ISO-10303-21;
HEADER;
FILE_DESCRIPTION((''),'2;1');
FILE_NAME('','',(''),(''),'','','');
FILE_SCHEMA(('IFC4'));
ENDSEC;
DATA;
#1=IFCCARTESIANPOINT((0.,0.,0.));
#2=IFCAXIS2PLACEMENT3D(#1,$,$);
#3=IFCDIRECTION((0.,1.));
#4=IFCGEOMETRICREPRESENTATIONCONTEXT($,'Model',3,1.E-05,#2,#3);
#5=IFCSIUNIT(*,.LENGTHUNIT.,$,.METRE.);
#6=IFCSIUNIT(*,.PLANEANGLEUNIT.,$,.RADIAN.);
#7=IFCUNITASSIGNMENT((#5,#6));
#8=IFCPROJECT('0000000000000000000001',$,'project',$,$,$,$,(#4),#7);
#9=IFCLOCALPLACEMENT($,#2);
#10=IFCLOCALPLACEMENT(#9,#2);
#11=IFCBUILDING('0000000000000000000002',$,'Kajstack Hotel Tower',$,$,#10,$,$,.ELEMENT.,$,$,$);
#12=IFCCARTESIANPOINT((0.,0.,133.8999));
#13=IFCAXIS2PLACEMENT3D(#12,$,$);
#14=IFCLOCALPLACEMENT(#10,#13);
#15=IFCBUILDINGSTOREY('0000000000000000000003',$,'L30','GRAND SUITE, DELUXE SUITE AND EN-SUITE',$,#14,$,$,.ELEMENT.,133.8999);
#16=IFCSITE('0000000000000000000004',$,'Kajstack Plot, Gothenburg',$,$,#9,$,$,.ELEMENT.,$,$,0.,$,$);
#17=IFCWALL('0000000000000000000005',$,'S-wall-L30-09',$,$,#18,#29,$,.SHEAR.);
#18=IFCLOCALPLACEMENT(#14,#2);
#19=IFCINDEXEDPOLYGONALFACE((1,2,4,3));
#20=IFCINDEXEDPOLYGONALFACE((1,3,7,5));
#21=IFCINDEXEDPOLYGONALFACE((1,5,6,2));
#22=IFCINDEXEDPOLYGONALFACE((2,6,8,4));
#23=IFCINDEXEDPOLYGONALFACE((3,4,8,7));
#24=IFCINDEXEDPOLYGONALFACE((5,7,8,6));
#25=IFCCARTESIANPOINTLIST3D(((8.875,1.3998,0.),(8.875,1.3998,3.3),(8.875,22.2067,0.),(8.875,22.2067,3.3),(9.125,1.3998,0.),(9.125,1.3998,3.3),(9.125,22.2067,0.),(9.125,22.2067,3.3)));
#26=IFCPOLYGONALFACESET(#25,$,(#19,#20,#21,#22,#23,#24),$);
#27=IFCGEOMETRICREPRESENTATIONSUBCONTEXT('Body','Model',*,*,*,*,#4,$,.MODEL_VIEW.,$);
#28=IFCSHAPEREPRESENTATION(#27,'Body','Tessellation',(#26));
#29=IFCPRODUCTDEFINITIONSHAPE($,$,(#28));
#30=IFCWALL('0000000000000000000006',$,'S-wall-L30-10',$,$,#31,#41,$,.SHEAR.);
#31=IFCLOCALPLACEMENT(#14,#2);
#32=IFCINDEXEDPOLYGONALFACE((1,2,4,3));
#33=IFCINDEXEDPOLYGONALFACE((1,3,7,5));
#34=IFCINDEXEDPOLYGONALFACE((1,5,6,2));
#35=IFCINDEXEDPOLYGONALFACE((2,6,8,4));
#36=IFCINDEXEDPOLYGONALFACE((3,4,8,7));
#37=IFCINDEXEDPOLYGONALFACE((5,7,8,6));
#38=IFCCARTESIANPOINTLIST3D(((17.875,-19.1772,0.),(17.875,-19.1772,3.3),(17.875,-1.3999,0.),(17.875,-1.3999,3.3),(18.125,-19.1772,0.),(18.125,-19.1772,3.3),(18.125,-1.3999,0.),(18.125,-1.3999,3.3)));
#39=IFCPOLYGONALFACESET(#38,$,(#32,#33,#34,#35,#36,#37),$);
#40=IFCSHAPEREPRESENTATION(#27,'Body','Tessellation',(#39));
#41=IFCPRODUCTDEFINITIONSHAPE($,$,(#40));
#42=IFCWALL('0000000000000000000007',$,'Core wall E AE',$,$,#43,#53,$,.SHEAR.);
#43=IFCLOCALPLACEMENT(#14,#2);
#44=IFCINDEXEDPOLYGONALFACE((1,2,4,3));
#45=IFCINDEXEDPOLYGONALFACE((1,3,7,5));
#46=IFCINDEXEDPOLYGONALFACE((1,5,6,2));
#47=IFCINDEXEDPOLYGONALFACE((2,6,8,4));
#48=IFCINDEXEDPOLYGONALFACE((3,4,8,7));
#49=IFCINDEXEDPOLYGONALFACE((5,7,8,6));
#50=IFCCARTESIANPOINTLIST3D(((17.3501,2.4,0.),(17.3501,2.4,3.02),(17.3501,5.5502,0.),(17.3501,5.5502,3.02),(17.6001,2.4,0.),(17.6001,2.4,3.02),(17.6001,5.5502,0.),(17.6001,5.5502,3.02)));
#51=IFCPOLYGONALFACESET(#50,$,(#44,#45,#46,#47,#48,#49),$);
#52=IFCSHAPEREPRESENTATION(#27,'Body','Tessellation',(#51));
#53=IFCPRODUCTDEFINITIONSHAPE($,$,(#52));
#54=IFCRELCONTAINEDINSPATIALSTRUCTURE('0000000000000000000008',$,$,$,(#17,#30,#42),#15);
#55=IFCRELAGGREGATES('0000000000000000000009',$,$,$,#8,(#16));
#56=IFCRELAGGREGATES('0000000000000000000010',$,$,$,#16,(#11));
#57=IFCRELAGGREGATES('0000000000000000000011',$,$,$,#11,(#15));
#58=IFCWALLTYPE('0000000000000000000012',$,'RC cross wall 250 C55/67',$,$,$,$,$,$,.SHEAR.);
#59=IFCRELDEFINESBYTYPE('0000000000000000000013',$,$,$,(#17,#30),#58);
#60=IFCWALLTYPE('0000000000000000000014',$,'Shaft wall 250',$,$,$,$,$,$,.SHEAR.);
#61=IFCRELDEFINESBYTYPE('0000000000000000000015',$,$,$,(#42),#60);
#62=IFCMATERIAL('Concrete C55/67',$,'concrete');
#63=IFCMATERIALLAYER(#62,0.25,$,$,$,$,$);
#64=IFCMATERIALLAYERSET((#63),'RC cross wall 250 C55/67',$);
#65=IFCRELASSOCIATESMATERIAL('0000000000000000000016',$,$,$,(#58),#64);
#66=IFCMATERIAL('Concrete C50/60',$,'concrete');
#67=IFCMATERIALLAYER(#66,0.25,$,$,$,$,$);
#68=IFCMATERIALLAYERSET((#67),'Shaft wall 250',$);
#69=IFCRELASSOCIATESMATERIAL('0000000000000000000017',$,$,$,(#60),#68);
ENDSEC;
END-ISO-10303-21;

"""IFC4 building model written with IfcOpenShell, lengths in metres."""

from ifc_helpers import new_model, si_unit, direction, frame, frame_2d, origin, place, context, subcontext, project, spatial, rectangle, extrude, material, layer, layer_set, type_object, element, save


model = new_model("IFC4")

# Units and contexts
model_context = context("Model", 3, precision=1e-05, world=origin(), true_north=direction((0.0, 1.0)))
body_context = subcontext(model_context, "Body", "Model", "MODEL_VIEW")
ifc_project = project(units=[si_unit("LENGTHUNIT", "METRE"), si_unit("PLANEANGLEUNIT", "RADIAN")], contexts=[model_context])

# Site, building, storey
site_placement = place(None, origin())
site = spatial("IfcSite", under=ifc_project, at=site_placement, Name="Kajstack Plot, Gothenburg", CompositionType="ELEMENT", RefElevation=0.0)
building_placement = place(site_placement, origin())
building = spatial("IfcBuilding", under=site, at=building_placement, Name="Kajstack Hotel Tower", CompositionType="ELEMENT")
storey_placement = place(building_placement, frame((0.0, 0.0, 133.8999)))
storey = spatial("IfcBuildingStorey", under=building, at=storey_placement, Name="L30", Description="GRAND SUITE, DELUXE SUITE AND EN-SUITE", CompositionType="ELEMENT", Elevation=133.8999)

# Walls
ifc_material_1 = material(Name="Concrete C50/60", Category="concrete")
ifc_material_2 = material(Name="Concrete C55/67", Category="concrete")
ifc_layer_1 = layer(ifc_material_2, 0.25)
ifc_layer_set_1 = layer_set([ifc_layer_1], Name="RC cross wall 250 C55/67")
wall_type_1 = type_object("IfcWallType", Name="RC cross wall 250 C55/67", PredefinedType="SHEAR", material=ifc_layer_set_1)
wall_1_placement = place(storey_placement, frame((9.0, 1.3999, 0.0), z_axis=(0.0, 0.0, 1.0), x_axis=(0.0, 1.0, 0.0)))
element("IfcWall", 1, at=wall_1_placement, inside=storey, type_object=wall_type_1, Name="S-wall-L30-09", PredefinedType="SHEAR", context=body_context, shape_type="SweptSolid", body=[
    extrude(rectangle(XDim=20.8069, YDim=0.25, at=frame_2d((10.4033, 0.0))), origin(), (0.0, 0.0, 1.0), 3.3),
])
wall_2_placement = place(storey_placement, frame((18.0, -19.1772, 0.0), z_axis=(0.0, 0.0, 1.0), x_axis=(0.0, 1.0, 0.0)))
element("IfcWall", 2, at=wall_2_placement, inside=storey, type_object=wall_type_1, Name="S-wall-L30-10", PredefinedType="SHEAR", context=body_context, shape_type="SweptSolid", body=[
    extrude(rectangle(XDim=17.7773, YDim=0.25, at=frame_2d((8.8887, 0.0))), origin(), (0.0, 0.0, 1.0), 3.3),
])
ifc_layer_2 = layer(ifc_material_1, 0.25)
ifc_layer_set_2 = layer_set([ifc_layer_2], Name="Shaft wall 250")
wall_type_2 = type_object("IfcWallType", Name="Shaft wall 250", PredefinedType="SHEAR", material=ifc_layer_set_2)
wall_3_placement = place(storey_placement, frame((17.4751, 2.3999, 0.0), z_axis=(0.0, 0.0, 1.0), x_axis=(0.0, 1.0, 0.0)))
element("IfcWall", 3, at=wall_3_placement, inside=storey, type_object=wall_type_2, Name="Core wall E AE", PredefinedType="SHEAR", context=body_context, shape_type="SweptSolid", body=[
    extrude(rectangle(XDim=3.1501, YDim=0.25, at=frame_2d((1.5752, 0.0))), origin(), (0.0, 0.0, 1.0), 3.02),
])

save(model, "model.ifc")
